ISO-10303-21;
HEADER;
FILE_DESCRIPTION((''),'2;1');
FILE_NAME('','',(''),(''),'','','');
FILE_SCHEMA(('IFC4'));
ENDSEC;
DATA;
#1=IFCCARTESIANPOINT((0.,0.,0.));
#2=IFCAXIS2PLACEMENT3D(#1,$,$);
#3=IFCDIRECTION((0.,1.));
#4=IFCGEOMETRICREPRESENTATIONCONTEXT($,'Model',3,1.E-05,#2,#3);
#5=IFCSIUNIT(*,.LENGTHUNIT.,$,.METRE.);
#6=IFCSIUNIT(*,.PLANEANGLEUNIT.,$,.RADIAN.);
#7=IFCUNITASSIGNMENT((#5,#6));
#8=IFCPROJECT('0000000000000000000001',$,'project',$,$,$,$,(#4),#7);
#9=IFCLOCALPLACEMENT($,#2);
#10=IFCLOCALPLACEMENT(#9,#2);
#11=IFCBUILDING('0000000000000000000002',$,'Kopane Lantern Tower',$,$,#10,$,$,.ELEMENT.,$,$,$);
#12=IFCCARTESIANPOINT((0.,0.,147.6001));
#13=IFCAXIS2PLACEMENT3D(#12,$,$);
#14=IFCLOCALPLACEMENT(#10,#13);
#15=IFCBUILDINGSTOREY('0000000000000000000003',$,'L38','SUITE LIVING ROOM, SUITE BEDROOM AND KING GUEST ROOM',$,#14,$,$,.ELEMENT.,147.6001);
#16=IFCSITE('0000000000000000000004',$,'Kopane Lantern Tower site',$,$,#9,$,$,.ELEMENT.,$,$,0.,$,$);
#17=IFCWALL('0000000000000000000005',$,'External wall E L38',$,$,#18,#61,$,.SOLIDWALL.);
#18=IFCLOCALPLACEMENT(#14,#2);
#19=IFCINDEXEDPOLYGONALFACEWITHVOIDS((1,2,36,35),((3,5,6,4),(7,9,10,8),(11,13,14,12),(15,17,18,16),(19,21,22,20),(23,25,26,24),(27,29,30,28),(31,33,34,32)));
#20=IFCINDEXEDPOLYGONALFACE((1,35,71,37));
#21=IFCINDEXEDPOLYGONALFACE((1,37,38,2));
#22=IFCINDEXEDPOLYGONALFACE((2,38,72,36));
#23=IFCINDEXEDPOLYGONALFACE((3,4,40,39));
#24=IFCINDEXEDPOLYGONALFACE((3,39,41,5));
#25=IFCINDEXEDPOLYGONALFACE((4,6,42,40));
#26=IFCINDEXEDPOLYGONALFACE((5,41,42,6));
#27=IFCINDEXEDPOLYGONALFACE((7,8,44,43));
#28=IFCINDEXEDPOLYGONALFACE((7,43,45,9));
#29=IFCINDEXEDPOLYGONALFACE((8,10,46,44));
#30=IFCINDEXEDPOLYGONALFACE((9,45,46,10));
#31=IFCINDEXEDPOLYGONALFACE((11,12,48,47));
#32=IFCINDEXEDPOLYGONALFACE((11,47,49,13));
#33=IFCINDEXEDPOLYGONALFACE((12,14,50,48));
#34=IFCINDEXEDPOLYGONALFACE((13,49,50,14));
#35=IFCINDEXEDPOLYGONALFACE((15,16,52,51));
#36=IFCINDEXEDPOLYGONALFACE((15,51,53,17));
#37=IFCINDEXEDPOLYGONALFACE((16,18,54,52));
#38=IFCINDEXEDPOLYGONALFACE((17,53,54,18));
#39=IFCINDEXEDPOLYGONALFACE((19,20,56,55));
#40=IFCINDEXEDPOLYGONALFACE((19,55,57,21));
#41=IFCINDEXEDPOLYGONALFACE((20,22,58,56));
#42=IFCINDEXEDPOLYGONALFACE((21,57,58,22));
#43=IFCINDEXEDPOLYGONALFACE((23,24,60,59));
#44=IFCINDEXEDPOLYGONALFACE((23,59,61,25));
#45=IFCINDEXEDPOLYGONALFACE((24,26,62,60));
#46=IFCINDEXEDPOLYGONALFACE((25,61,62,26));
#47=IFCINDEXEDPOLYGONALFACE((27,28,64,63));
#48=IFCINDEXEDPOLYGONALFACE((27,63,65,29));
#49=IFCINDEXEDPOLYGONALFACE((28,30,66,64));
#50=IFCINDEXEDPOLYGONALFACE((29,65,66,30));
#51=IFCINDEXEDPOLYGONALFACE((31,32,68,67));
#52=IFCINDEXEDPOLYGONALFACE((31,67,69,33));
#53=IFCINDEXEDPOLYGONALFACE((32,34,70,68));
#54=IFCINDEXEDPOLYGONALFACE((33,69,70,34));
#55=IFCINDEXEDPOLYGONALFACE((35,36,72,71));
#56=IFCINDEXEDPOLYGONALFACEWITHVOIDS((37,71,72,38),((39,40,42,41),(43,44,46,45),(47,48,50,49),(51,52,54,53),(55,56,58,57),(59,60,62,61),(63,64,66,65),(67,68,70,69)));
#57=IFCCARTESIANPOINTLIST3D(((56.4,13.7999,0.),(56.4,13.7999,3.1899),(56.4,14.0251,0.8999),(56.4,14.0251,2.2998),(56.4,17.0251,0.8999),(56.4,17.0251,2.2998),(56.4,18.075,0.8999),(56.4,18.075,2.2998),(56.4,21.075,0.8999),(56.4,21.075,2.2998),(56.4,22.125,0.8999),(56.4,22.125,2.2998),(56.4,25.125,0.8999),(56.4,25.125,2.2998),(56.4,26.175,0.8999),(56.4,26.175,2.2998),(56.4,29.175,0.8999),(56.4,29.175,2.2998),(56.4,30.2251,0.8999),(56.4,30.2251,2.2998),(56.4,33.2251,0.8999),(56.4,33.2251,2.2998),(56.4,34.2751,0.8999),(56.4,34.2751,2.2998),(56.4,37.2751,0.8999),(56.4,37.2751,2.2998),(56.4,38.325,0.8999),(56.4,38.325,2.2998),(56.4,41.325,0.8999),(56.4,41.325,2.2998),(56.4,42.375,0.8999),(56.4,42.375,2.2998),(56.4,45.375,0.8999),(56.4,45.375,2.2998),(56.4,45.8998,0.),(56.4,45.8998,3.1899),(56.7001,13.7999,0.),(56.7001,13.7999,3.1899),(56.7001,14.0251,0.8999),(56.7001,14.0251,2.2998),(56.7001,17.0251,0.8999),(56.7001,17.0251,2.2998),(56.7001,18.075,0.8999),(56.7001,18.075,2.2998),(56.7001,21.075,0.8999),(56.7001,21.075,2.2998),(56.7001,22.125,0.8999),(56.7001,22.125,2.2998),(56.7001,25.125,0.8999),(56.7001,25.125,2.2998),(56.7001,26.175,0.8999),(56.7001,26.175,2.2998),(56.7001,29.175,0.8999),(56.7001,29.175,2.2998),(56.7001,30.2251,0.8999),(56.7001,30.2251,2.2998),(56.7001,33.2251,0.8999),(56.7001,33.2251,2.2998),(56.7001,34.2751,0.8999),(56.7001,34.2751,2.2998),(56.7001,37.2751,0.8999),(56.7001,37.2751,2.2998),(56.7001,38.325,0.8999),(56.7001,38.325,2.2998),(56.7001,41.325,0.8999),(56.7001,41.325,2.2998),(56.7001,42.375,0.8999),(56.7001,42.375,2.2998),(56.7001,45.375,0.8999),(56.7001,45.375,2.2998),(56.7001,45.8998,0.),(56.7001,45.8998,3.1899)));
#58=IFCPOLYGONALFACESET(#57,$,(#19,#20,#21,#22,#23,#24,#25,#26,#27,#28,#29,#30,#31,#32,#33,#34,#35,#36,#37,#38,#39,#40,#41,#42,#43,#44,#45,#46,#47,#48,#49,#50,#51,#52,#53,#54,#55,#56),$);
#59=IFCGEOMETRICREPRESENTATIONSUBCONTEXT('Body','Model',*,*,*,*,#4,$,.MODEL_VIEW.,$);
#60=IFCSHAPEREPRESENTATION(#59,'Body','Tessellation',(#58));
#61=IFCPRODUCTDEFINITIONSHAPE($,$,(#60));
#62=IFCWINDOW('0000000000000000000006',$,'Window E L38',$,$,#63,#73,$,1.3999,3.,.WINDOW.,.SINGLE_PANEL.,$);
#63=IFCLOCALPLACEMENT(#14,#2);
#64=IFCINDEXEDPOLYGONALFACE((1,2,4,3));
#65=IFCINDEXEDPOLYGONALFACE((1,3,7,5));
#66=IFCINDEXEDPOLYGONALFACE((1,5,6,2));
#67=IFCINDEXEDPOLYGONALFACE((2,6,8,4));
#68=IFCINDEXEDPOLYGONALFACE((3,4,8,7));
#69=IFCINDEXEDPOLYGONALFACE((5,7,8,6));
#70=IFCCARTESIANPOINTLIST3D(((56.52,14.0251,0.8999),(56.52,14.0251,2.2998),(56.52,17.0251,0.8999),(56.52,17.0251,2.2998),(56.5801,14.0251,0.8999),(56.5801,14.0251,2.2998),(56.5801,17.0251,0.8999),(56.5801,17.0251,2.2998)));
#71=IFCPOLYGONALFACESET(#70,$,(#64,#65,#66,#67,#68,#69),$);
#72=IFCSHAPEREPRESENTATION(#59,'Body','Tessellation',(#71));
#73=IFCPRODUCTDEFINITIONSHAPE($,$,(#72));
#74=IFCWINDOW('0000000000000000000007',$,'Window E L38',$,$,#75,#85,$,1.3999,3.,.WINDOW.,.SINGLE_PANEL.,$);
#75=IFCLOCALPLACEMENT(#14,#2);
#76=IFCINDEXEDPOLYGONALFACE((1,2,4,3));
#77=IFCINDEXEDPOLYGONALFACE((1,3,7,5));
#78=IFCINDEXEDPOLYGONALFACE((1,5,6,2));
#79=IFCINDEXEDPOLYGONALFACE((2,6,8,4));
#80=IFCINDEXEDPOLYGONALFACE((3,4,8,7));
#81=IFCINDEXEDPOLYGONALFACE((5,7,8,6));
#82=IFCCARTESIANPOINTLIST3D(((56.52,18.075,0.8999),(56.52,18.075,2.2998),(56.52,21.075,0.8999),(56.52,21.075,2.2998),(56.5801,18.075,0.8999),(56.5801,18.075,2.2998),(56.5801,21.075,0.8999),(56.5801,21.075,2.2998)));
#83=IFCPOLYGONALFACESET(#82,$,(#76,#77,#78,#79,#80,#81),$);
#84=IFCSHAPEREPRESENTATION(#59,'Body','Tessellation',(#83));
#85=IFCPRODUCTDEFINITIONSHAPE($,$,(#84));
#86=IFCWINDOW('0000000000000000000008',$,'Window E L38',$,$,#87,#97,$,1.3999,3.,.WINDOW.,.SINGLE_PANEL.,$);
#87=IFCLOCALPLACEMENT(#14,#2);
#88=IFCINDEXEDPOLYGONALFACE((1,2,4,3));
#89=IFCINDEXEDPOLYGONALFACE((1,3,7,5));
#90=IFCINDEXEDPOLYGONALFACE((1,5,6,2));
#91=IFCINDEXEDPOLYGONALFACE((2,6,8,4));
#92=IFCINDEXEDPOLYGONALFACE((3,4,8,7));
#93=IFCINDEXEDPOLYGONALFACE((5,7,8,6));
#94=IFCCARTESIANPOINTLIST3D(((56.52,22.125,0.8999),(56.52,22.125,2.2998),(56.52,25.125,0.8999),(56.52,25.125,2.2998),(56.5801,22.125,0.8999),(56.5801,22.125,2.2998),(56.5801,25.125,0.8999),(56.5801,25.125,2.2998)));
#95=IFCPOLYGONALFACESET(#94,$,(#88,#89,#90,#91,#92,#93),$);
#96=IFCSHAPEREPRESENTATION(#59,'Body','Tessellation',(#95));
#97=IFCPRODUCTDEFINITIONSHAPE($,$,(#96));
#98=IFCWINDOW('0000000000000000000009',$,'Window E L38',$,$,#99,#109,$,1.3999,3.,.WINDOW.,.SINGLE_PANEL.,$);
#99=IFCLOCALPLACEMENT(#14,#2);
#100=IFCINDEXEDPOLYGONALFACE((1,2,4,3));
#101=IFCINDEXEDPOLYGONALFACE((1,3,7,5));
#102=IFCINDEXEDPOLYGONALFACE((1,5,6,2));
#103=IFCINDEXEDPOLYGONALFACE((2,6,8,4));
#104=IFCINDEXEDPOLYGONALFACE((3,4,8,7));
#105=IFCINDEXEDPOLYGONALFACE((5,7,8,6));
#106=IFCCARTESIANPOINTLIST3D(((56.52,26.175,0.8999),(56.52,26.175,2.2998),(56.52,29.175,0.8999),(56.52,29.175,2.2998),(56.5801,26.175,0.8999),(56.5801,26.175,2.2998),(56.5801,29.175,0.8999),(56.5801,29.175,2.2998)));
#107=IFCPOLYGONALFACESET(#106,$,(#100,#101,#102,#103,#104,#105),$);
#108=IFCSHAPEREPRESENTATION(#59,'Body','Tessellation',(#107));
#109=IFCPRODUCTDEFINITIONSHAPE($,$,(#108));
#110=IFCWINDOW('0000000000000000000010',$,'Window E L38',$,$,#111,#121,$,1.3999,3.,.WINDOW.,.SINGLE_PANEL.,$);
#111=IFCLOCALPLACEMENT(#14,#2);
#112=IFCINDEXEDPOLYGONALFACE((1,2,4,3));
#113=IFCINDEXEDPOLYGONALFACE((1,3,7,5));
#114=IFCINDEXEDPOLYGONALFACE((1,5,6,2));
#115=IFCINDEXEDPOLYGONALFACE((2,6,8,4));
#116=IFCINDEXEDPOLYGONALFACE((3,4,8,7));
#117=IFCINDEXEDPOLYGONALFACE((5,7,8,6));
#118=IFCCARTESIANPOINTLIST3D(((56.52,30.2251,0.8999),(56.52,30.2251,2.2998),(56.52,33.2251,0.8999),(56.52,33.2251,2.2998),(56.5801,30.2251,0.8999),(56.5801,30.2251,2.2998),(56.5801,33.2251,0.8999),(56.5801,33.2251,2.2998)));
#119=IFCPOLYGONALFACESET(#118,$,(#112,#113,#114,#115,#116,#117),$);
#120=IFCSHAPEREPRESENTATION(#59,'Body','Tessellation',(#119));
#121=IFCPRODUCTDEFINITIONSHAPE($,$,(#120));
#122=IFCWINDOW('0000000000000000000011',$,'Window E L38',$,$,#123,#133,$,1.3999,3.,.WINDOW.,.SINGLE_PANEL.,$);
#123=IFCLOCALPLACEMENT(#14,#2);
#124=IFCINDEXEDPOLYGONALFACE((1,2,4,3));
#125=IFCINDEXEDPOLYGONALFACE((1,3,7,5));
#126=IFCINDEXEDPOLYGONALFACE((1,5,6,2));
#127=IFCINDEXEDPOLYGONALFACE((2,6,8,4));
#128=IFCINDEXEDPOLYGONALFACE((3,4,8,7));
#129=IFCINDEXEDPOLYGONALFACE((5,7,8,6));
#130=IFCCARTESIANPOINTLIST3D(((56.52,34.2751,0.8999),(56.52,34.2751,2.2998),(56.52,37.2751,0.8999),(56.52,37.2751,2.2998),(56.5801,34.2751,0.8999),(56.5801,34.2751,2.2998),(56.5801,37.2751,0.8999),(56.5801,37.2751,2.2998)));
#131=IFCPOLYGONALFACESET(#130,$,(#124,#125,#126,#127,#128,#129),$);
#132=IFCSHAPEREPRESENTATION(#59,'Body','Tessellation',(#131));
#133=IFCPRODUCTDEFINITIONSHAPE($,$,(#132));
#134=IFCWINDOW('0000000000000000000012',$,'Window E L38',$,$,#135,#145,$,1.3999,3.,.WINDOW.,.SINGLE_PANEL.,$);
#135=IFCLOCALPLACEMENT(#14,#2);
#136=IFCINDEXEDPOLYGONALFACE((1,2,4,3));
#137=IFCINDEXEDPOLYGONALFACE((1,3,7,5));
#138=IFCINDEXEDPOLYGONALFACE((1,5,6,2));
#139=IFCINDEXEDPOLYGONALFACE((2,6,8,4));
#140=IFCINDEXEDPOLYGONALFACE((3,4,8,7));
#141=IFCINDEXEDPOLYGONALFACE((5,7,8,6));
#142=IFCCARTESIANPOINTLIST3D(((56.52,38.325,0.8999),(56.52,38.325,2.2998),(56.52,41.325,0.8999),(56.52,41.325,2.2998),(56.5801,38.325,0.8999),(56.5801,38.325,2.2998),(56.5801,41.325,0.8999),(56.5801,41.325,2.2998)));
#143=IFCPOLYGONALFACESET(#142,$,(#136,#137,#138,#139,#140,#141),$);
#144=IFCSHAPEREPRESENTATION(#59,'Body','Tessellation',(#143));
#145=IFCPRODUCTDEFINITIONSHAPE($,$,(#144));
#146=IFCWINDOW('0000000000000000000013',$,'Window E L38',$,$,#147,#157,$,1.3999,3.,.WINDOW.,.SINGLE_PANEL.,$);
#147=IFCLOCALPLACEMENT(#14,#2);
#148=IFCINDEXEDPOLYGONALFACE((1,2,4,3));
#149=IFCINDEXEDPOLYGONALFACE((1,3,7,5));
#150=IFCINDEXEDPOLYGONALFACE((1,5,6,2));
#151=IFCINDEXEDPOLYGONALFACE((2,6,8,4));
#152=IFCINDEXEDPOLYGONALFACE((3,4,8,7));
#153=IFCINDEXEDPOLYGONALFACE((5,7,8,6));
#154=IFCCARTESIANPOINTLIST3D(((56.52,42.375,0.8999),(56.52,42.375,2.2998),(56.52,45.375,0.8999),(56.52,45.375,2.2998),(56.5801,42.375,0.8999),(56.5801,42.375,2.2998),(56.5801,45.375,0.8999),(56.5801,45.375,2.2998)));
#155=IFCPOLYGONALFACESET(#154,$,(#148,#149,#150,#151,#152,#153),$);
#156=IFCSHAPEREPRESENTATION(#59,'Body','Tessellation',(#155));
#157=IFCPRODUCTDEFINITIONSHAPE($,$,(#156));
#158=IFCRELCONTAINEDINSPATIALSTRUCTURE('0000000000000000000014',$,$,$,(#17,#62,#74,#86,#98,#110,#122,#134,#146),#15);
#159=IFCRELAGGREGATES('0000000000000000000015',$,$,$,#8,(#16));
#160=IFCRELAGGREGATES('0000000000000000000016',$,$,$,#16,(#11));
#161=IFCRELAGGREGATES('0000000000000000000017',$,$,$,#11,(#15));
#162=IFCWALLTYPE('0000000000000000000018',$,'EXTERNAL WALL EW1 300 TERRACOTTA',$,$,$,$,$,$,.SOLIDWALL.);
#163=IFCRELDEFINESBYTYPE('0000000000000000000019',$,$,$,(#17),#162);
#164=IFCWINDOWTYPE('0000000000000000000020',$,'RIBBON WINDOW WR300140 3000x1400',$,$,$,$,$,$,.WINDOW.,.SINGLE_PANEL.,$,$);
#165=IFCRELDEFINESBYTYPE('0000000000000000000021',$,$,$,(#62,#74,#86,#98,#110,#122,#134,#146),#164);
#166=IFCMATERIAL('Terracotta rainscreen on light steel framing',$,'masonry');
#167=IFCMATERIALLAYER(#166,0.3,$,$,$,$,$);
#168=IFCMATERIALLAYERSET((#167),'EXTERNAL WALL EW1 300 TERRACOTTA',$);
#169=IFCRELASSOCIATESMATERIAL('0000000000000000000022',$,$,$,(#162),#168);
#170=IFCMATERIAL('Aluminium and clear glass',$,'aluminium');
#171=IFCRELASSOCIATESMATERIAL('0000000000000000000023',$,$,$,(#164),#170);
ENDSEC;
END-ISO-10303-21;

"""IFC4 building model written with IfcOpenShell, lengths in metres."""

from ifc_helpers import new_model, si_unit, direction, frame, frame_2d, origin, place, context, subcontext, project, spatial, rectangle, extrude, material, layer, layer_set, type_object, element, fill, save


model = new_model("IFC4")

# Units and contexts
model_context = context("Model", 3, precision=1e-05, world=origin(), true_north=direction((0.0, 1.0)))
body_context = subcontext(model_context, "Body", "Model", "MODEL_VIEW")
ifc_project = project(units=[si_unit("LENGTHUNIT", "METRE"), si_unit("PLANEANGLEUNIT", "RADIAN")], contexts=[model_context])

# Site, building, storey
site_placement = place(None, origin())
site = spatial("IfcSite", under=ifc_project, at=site_placement, Name="Kopane Lantern Tower site", CompositionType="ELEMENT", RefElevation=0.0)
building_placement = place(site_placement, origin())
building = spatial("IfcBuilding", under=site, at=building_placement, Name="Kopane Lantern Tower", CompositionType="ELEMENT")
storey_placement = place(building_placement, frame((0.0, 0.0, 147.6001)))
storey = spatial("IfcBuildingStorey", under=building, at=storey_placement, Name="L38", Description="SUITE LIVING ROOM, SUITE BEDROOM AND KING GUEST ROOM", CompositionType="ELEMENT", Elevation=147.6001)

# Shared definitions
ifc_material_1 = material(Name="Terracotta rainscreen on light steel framing", Category="masonry")
ifc_layer_1 = layer(ifc_material_1, 0.3)
ifc_layer_set_1 = layer_set([ifc_layer_1], Name="EXTERNAL WALL EW1 300 TERRACOTTA")
wall_type_1 = type_object("IfcWallType", Name="EXTERNAL WALL EW1 300 TERRACOTTA", PredefinedType="SOLIDWALL", material=ifc_layer_set_1)
ifc_material_2 = material(Name="Aluminium and clear glass", Category="aluminium")
window_type = type_object("IfcWindowType", Name="RIBBON WINDOW WR300140 3000x1400", PartitioningType="SINGLE_PANEL", PredefinedType="WINDOW", material=ifc_material_2)

# Wall, openings, windows
wall_1_placement = place(storey_placement, frame((56.55, 13.8, 0.0), z_axis=(0.0, 0.0, 1.0), x_axis=(0.0, 1.0, 0.0)))
wall_1 = element("IfcWall", 1, at=wall_1_placement, inside=storey, type_object=wall_type_1, Name="External wall E L38", PredefinedType="SOLIDWALL", context=body_context, shape_type="SweptSolid", body=[
    extrude(rectangle(XDim=32.0999, YDim=0.3, at=frame_2d((16.0498, 0.0))), origin(), (0.0, 0.0, 1.0), 3.1899),
])
opening_1_placement = place(wall_1_placement, frame((0.2251, 0.0, 0.8999)))
opening_1 = element("IfcOpeningElement", 2, at=opening_1_placement, cuts=wall_1, PredefinedType="OPENING", context=body_context, shape_type="SweptSolid", body=[
    extrude(rectangle(XDim=3.0, YDim=1.3999, at=frame_2d((1.5, 0.7))), frame((0.0, 0.1599, 0.0), z_axis=(0.0, -1.0, 0.0), x_axis=(1.0, 0.0, 0.0)), (0.0, 0.0, 1.0), 0.3201),
])
opening_2_placement = place(wall_1_placement, frame((4.2749, 0.0, 0.8999)))
opening_2 = element("IfcOpeningElement", 3, at=opening_2_placement, cuts=wall_1, PredefinedType="OPENING", context=body_context, shape_type="SweptSolid", body=[
    extrude(rectangle(XDim=3.0, YDim=1.3999, at=frame_2d((1.5, 0.7))), frame((0.0, 0.1599, 0.0), z_axis=(0.0, -1.0, 0.0), x_axis=(1.0, 0.0, 0.0)), (0.0, 0.0, 1.0), 0.3201),
])
opening_3_placement = place(wall_1_placement, frame((8.325, 0.0, 0.8999)))
opening_3 = element("IfcOpeningElement", 4, at=opening_3_placement, cuts=wall_1, PredefinedType="OPENING", context=body_context, shape_type="SweptSolid", body=[
    extrude(rectangle(XDim=3.0, YDim=1.3999, at=frame_2d((1.5, 0.7))), frame((0.0, 0.1599, 0.0), z_axis=(0.0, -1.0, 0.0), x_axis=(1.0, 0.0, 0.0)), (0.0, 0.0, 1.0), 0.3201),
])
opening_4_placement = place(wall_1_placement, frame((12.375, 0.0, 0.8999)))
opening_4 = element("IfcOpeningElement", 5, at=opening_4_placement, cuts=wall_1, PredefinedType="OPENING", context=body_context, shape_type="SweptSolid", body=[
    extrude(rectangle(XDim=3.0, YDim=1.3999, at=frame_2d((1.5, 0.7))), frame((0.0, 0.1599, 0.0), z_axis=(0.0, -1.0, 0.0), x_axis=(1.0, 0.0, 0.0)), (0.0, 0.0, 1.0), 0.3201),
])
opening_5_placement = place(wall_1_placement, frame((16.425, 0.0, 0.8999)))
opening_5 = element("IfcOpeningElement", 6, at=opening_5_placement, cuts=wall_1, PredefinedType="OPENING", context=body_context, shape_type="SweptSolid", body=[
    extrude(rectangle(XDim=3.0, YDim=1.3999, at=frame_2d((1.5, 0.7))), frame((0.0, 0.1599, 0.0), z_axis=(0.0, -1.0, 0.0), x_axis=(1.0, 0.0, 0.0)), (0.0, 0.0, 1.0), 0.3201),
])
opening_6_placement = place(wall_1_placement, frame((20.4751, 0.0, 0.8999)))
opening_6 = element("IfcOpeningElement", 7, at=opening_6_placement, cuts=wall_1, PredefinedType="OPENING", context=body_context, shape_type="SweptSolid", body=[
    extrude(rectangle(XDim=3.0, YDim=1.3999, at=frame_2d((1.5, 0.7))), frame((0.0, 0.1599, 0.0), z_axis=(0.0, -1.0, 0.0), x_axis=(1.0, 0.0, 0.0)), (0.0, 0.0, 1.0), 0.3201),
])
opening_7_placement = place(wall_1_placement, frame((24.5249, 0.0, 0.8999)))
opening_7 = element("IfcOpeningElement", 8, at=opening_7_placement, cuts=wall_1, PredefinedType="OPENING", context=body_context, shape_type="SweptSolid", body=[
    extrude(rectangle(XDim=3.0, YDim=1.3999, at=frame_2d((1.5, 0.7))), frame((0.0, 0.1599, 0.0), z_axis=(0.0, -1.0, 0.0), x_axis=(1.0, 0.0, 0.0)), (0.0, 0.0, 1.0), 0.3201),
])
opening_8_placement = place(wall_1_placement, frame((28.575, 0.0, 0.8999)))
opening_8 = element("IfcOpeningElement", 9, at=opening_8_placement, cuts=wall_1, PredefinedType="OPENING", context=body_context, shape_type="SweptSolid", body=[
    extrude(rectangle(XDim=3.0, YDim=1.3999, at=frame_2d((1.5, 0.7))), frame((0.0, 0.1599, 0.0), z_axis=(0.0, -1.0, 0.0), x_axis=(1.0, 0.0, 0.0)), (0.0, 0.0, 1.0), 0.3201),
])
window_1_placement = place(opening_1_placement, origin())
window_1 = element("IfcWindow", 10, at=window_1_placement, inside=storey, type_object=window_type, Name="Window E L38", OverallHeight=1.3999, OverallWidth=3.0, PartitioningType="SINGLE_PANEL", PredefinedType="WINDOW", context=body_context, shape_type="SweptSolid", body=[
    extrude(rectangle(XDim=3.0, YDim=1.3999, at=frame_2d((1.5, 0.7))), frame((0.0, 0.03, 0.0), z_axis=(0.0, -1.0, 0.0), x_axis=(1.0, 0.0, 0.0)), (0.0, 0.0, 1.0), 0.0601),
])
fill(opening_1, window_1)
window_2_placement = place(opening_2_placement, origin())
window_2 = element("IfcWindow", 11, at=window_2_placement, inside=storey, type_object=window_type, Name="Window E L38", OverallHeight=1.3999, OverallWidth=3.0, PartitioningType="SINGLE_PANEL", PredefinedType="WINDOW", context=body_context, shape_type="SweptSolid", body=[
    extrude(rectangle(XDim=3.0, YDim=1.3999, at=frame_2d((1.5, 0.7))), frame((0.0, 0.03, 0.0), z_axis=(0.0, -1.0, 0.0), x_axis=(1.0, 0.0, 0.0)), (0.0, 0.0, 1.0), 0.0601),
])
fill(opening_2, window_2)
window_3_placement = place(opening_3_placement, origin())
window_3 = element("IfcWindow", 12, at=window_3_placement, inside=storey, type_object=window_type, Name="Window E L38", OverallHeight=1.3999, OverallWidth=3.0, PartitioningType="SINGLE_PANEL", PredefinedType="WINDOW", context=body_context, shape_type="SweptSolid", body=[
    extrude(rectangle(XDim=3.0, YDim=1.3999, at=frame_2d((1.5, 0.7))), frame((0.0, 0.03, 0.0), z_axis=(0.0, -1.0, 0.0), x_axis=(1.0, 0.0, 0.0)), (0.0, 0.0, 1.0), 0.0601),
])
fill(opening_3, window_3)
window_4_placement = place(opening_4_placement, origin())
window_4 = element("IfcWindow", 13, at=window_4_placement, inside=storey, type_object=window_type, Name="Window E L38", OverallHeight=1.3999, OverallWidth=3.0, PartitioningType="SINGLE_PANEL", PredefinedType="WINDOW", context=body_context, shape_type="SweptSolid", body=[
    extrude(rectangle(XDim=3.0, YDim=1.3999, at=frame_2d((1.5, 0.7))), frame((0.0, 0.03, 0.0), z_axis=(0.0, -1.0, 0.0), x_axis=(1.0, 0.0, 0.0)), (0.0, 0.0, 1.0), 0.0601),
])
fill(opening_4, window_4)
window_5_placement = place(opening_5_placement, origin())
window_5 = element("IfcWindow", 14, at=window_5_placement, inside=storey, type_object=window_type, Name="Window E L38", OverallHeight=1.3999, OverallWidth=3.0, PartitioningType="SINGLE_PANEL", PredefinedType="WINDOW", context=body_context, shape_type="SweptSolid", body=[
    extrude(rectangle(XDim=3.0, YDim=1.3999, at=frame_2d((1.5, 0.7))), frame((0.0, 0.03, 0.0), z_axis=(0.0, -1.0, 0.0), x_axis=(1.0, 0.0, 0.0)), (0.0, 0.0, 1.0), 0.0601),
])
fill(opening_5, window_5)
window_6_placement = place(opening_6_placement, origin())
window_6 = element("IfcWindow", 15, at=window_6_placement, inside=storey, type_object=window_type, Name="Window E L38", OverallHeight=1.3999, OverallWidth=3.0, PartitioningType="SINGLE_PANEL", PredefinedType="WINDOW", context=body_context, shape_type="SweptSolid", body=[
    extrude(rectangle(XDim=3.0, YDim=1.3999, at=frame_2d((1.5, 0.7))), frame((0.0, 0.03, 0.0), z_axis=(0.0, -1.0, 0.0), x_axis=(1.0, 0.0, 0.0)), (0.0, 0.0, 1.0), 0.0601),
])
fill(opening_6, window_6)
window_7_placement = place(opening_7_placement, origin())
window_7 = element("IfcWindow", 16, at=window_7_placement, inside=storey, type_object=window_type, Name="Window E L38", OverallHeight=1.3999, OverallWidth=3.0, PartitioningType="SINGLE_PANEL", PredefinedType="WINDOW", context=body_context, shape_type="SweptSolid", body=[
    extrude(rectangle(XDim=3.0, YDim=1.3999, at=frame_2d((1.5, 0.7))), frame((0.0, 0.03, 0.0), z_axis=(0.0, -1.0, 0.0), x_axis=(1.0, 0.0, 0.0)), (0.0, 0.0, 1.0), 0.0601),
])
fill(opening_7, window_7)
window_8_placement = place(opening_8_placement, origin())
window_8 = element("IfcWindow", 17, at=window_8_placement, inside=storey, type_object=window_type, Name="Window E L38", OverallHeight=1.3999, OverallWidth=3.0, PartitioningType="SINGLE_PANEL", PredefinedType="WINDOW", context=body_context, shape_type="SweptSolid", body=[
    extrude(rectangle(XDim=3.0, YDim=1.3999, at=frame_2d((1.5, 0.7))), frame((0.0, 0.03, 0.0), z_axis=(0.0, -1.0, 0.0), x_axis=(1.0, 0.0, 0.0)), (0.0, 0.0, 1.0), 0.0601),
])
fill(opening_8, window_8)

save(model, "model.ifc")
